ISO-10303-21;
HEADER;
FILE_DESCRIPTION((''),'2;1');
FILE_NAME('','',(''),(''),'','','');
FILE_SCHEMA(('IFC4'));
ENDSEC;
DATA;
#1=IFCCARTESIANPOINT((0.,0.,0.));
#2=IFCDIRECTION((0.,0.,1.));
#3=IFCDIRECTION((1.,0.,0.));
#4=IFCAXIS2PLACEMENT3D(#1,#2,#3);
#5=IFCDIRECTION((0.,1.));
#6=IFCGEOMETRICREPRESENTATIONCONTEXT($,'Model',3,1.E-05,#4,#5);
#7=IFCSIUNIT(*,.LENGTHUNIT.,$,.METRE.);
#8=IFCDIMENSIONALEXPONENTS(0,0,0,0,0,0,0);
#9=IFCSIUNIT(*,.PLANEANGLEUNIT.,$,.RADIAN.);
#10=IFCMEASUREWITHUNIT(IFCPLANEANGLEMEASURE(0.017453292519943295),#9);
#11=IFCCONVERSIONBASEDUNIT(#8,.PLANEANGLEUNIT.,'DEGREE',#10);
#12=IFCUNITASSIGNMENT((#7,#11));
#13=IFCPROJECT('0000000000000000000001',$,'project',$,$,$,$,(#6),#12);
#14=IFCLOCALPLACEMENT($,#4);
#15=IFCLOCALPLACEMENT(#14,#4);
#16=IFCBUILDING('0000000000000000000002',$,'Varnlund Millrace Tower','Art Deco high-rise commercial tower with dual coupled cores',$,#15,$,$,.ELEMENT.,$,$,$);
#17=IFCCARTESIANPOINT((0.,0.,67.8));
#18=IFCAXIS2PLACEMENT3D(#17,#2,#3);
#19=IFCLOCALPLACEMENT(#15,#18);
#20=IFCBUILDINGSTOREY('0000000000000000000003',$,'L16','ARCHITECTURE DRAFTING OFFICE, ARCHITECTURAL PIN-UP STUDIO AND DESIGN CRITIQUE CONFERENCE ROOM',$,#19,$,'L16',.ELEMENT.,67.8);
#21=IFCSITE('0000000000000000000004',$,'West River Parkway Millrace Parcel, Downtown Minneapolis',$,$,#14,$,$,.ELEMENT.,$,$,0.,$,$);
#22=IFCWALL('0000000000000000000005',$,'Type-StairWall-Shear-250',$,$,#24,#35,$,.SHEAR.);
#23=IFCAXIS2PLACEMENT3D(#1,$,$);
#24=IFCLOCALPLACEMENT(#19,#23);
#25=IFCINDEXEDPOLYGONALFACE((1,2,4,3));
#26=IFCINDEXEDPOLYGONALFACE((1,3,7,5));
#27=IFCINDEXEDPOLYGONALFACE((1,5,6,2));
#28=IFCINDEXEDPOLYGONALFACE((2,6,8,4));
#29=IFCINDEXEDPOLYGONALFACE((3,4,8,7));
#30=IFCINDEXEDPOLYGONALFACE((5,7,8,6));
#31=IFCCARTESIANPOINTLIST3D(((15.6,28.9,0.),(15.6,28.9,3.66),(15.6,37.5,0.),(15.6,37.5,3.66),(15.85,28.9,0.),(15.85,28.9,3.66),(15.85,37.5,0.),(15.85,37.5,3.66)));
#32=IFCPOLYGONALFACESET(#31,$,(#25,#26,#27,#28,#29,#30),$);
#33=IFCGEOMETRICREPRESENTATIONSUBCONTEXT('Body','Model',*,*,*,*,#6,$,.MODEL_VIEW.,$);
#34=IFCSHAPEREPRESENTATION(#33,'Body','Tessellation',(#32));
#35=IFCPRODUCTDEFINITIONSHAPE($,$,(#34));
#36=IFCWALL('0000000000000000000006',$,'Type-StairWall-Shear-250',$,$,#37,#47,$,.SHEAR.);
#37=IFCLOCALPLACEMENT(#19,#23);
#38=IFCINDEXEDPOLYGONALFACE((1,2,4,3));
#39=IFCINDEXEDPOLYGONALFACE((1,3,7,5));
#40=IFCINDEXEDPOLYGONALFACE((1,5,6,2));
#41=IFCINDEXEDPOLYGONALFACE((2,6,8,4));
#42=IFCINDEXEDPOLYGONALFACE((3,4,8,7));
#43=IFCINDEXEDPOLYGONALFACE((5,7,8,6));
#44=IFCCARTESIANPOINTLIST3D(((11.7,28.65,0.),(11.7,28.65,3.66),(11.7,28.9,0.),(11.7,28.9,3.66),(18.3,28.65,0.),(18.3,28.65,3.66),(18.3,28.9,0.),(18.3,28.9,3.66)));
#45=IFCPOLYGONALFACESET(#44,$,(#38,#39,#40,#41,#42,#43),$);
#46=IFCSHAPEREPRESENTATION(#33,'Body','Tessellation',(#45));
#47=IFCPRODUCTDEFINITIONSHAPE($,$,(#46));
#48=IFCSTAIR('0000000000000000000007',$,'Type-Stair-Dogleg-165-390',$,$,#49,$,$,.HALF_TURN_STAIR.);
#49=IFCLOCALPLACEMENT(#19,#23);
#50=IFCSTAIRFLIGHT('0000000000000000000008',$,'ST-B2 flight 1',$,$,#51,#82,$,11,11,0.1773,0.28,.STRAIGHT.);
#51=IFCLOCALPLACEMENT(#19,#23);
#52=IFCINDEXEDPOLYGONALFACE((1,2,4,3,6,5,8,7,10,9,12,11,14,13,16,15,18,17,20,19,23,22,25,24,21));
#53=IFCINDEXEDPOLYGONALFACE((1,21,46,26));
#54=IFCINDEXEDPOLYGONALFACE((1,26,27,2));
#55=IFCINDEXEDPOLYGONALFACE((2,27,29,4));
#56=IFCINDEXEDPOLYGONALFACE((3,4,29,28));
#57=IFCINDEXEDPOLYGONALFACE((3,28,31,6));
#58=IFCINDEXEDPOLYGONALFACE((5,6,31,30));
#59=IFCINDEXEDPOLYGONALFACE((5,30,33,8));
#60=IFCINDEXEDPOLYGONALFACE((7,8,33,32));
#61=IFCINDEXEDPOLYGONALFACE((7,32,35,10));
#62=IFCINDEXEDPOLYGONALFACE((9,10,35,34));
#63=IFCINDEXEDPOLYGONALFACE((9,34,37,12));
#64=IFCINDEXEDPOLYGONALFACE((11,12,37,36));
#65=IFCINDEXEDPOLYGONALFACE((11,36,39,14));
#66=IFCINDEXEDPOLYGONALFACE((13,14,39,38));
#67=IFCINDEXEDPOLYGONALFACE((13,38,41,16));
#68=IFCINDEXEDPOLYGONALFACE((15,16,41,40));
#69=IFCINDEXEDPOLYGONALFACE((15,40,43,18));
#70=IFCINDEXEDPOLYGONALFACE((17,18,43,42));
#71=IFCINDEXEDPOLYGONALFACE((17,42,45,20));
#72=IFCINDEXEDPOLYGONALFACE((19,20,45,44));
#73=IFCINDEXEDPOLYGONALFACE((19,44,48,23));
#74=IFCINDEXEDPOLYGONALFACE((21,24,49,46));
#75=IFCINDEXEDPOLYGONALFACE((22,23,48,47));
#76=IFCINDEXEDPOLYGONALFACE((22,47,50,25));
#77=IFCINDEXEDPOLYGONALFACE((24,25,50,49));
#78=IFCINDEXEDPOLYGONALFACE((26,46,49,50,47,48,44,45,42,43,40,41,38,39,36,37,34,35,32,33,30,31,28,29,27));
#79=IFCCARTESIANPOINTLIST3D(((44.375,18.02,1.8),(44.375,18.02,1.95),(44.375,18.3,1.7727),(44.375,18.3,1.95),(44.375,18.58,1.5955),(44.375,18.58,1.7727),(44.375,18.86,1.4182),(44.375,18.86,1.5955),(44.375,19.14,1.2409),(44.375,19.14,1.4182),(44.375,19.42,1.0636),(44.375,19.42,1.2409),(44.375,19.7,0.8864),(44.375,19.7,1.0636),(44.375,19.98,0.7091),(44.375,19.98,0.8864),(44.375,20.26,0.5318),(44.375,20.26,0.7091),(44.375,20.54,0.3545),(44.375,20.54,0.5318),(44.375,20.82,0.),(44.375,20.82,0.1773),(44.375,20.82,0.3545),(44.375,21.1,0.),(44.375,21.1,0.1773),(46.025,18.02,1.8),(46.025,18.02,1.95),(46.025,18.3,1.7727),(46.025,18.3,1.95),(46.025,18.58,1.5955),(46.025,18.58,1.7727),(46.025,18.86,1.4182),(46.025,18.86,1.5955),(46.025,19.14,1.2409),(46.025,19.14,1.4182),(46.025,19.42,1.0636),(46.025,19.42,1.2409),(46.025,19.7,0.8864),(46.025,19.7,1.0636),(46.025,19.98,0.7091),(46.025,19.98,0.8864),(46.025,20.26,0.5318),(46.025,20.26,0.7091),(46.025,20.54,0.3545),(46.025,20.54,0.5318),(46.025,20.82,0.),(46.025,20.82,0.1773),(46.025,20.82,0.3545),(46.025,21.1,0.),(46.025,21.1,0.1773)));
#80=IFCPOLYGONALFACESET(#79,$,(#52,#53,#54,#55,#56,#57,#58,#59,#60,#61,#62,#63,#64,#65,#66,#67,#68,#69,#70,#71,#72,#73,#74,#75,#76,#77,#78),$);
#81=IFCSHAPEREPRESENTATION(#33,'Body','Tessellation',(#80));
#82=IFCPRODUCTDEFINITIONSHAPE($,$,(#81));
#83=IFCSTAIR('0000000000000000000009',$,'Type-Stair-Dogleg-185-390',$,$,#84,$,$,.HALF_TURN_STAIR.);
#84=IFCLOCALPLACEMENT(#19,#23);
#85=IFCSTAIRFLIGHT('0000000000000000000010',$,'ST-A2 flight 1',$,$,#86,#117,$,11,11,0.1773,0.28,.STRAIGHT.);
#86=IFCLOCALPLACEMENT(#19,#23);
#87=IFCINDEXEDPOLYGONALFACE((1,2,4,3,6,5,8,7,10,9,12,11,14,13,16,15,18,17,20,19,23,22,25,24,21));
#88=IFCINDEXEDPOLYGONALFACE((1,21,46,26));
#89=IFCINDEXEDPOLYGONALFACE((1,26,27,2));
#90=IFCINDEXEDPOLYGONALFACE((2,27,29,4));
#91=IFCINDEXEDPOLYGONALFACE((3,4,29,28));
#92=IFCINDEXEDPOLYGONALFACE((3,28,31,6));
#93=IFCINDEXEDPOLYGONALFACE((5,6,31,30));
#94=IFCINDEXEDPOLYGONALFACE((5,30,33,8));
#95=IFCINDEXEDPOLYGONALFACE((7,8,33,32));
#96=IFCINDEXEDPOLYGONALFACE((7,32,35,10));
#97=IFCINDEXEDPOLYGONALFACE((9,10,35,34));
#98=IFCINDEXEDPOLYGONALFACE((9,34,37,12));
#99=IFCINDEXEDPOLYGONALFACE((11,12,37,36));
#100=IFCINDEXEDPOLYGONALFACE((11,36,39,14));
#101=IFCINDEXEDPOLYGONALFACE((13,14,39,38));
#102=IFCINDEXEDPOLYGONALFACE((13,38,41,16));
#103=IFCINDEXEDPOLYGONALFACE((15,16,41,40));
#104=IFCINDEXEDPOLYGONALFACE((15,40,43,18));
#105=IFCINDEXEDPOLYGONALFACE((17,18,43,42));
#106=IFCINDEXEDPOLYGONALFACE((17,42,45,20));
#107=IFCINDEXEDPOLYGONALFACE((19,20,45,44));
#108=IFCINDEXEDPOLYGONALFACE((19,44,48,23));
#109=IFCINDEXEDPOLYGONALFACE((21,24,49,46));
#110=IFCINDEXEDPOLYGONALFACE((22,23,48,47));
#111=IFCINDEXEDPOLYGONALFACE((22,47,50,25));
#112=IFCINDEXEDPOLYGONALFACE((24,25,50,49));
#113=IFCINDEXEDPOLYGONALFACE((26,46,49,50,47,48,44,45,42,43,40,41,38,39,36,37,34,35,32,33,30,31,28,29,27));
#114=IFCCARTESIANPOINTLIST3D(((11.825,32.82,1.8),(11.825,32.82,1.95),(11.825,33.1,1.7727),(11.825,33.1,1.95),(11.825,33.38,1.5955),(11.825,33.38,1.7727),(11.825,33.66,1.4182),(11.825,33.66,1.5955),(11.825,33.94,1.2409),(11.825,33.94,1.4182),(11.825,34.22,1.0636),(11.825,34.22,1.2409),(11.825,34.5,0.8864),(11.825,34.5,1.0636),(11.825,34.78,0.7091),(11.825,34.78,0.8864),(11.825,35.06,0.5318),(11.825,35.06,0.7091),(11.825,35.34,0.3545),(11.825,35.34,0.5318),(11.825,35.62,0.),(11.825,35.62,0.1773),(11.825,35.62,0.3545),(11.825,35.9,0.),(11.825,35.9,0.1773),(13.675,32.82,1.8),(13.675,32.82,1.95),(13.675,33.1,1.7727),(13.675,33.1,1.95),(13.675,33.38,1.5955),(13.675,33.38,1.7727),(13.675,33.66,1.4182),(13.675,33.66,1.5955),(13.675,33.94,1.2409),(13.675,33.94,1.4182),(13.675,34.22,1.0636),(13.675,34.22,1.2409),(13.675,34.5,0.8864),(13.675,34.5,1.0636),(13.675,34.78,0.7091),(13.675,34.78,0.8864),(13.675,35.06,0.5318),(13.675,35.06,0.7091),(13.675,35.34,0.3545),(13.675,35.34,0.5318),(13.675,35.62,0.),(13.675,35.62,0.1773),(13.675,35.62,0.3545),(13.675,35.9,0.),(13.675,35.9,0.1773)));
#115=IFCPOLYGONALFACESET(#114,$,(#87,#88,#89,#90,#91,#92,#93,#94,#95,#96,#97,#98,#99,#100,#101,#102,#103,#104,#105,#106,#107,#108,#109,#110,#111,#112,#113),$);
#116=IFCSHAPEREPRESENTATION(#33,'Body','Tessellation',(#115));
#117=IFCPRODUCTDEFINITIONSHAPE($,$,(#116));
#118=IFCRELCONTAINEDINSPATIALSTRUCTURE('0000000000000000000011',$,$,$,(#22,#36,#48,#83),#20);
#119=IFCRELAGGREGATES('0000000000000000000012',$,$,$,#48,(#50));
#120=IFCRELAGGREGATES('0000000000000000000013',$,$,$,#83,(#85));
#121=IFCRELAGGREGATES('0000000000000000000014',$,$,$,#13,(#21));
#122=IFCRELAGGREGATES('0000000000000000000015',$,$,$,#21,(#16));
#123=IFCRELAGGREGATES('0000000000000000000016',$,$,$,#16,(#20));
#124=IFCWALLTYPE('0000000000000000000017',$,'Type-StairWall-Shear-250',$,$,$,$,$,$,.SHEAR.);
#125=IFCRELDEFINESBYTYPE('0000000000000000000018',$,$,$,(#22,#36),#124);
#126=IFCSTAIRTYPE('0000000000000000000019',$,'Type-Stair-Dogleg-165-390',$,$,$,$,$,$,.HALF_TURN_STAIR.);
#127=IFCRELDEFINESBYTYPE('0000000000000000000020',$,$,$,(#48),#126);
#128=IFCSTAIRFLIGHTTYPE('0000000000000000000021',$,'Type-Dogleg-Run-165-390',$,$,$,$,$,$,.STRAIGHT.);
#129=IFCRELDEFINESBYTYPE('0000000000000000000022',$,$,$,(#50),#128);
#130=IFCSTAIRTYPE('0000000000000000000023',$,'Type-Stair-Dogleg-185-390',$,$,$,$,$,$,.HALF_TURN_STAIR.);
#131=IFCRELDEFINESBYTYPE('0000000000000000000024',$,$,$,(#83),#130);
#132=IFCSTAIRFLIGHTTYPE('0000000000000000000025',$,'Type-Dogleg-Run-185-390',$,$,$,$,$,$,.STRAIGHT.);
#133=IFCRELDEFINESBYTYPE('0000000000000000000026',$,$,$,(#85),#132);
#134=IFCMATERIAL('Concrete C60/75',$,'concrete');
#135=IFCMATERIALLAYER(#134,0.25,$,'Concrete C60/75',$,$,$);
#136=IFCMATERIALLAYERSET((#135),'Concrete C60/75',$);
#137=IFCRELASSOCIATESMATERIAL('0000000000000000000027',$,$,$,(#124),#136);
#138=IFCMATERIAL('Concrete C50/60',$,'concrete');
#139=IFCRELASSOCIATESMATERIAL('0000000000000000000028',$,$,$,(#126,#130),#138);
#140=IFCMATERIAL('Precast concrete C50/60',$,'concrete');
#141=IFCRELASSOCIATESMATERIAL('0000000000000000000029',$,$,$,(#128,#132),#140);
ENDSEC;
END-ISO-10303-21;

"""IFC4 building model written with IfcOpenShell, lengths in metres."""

from ifc_helpers import new_model, entity, si_unit, converted_unit, direction, frame, origin_with_axes, place, context, subcontext, project, spatial, polyline, outline, extrude, material, layer, layer_set, type_object, element, aggregate, save


model = new_model("IFC4")

# Units and contexts
model_context = context("Model", 3, precision=1e-05, world=origin_with_axes(), true_north=direction((0.0, 1.0)))
body_context = subcontext(model_context, "Body", "Model", "MODEL_VIEW")
ifc_project = project(units=[si_unit("LENGTHUNIT", "METRE"), converted_unit("PLANEANGLEUNIT", "DEGREE", entity("IfcPlaneAngleMeasure", 0.017453292519943295), si_unit("PLANEANGLEUNIT", "RADIAN"), dimensions=[0, 0, 0, 0, 0, 0, 0])], contexts=[model_context])

# Site, building, storey
site_placement = place(None, origin_with_axes())
site = spatial("IfcSite", under=ifc_project, at=site_placement, Name="West River Parkway Millrace Parcel, Downtown Minneapolis", CompositionType="ELEMENT", RefElevation=0.0)
building_placement = place(site_placement, origin_with_axes())
building = spatial("IfcBuilding", under=site, at=building_placement, Name="Varnlund Millrace Tower", Description="Art Deco high-rise commercial tower with dual coupled cores", CompositionType="ELEMENT")
storey_placement = place(building_placement, frame((0.0, 0.0, 67.8), z_axis=(0.0, 0.0, 1.0), x_axis=(1.0, 0.0, 0.0)))
storey = spatial("IfcBuildingStorey", under=building, at=storey_placement, Name="L16", Description="ARCHITECTURE DRAFTING OFFICE, ARCHITECTURAL PIN-UP STUDIO AND DESIGN CRITIQUE CONFERENCE ROOM", LongName="L16", CompositionType="ELEMENT", Elevation=67.8)

# Shared definitions
ifc_material_1 = material(Name="Concrete C60/75", Category="concrete")
ifc_layer_1 = layer(ifc_material_1, 0.25, Name="Concrete C60/75")
ifc_layer_set_1 = layer_set([ifc_layer_1], Name="Concrete C60/75")

# Walls
wall_type_1 = type_object("IfcWallType", Name="Type-StairWall-Shear-250", PredefinedType="SHEAR", material=ifc_layer_set_1)
wall_1_placement = place(storey_placement, frame((15.725, 28.9, 0.0), z_axis=(0.0, 0.0, 1.0), x_axis=(0.0, 1.0, 0.0)))
element("IfcWall", 1, at=wall_1_placement, inside=storey, type_object=wall_type_1, Name="Type-StairWall-Shear-250", PredefinedType="SHEAR", context=body_context, shape_type="SweptSolid", body=[
    extrude(outline(polyline([(0.0, -0.125), (8.6, -0.125), (8.6, 0.125), (0.0, 0.125), (0.0, -0.125)])), origin_with_axes(), (0.0, 0.0, 1.0), 3.66),
])
wall_2_placement = place(storey_placement, frame((11.7, 28.775, 0.0), z_axis=(0.0, 0.0, 1.0), x_axis=(1.0, 0.0, 0.0)))
element("IfcWall", 2, at=wall_2_placement, inside=storey, type_object=wall_type_1, Name="Type-StairWall-Shear-250", PredefinedType="SHEAR", context=body_context, shape_type="SweptSolid", body=[
    extrude(outline(polyline([(0.0, -0.125), (6.6, -0.125), (6.6, 0.125), (0.0, 0.125), (0.0, -0.125)])), origin_with_axes(), (0.0, 0.0, 1.0), 3.66),
])

# Stairs, stair flights
ifc_material_2 = material(Name="Concrete C50/60", Category="concrete")
stair_type_1 = type_object("IfcStairType", Name="Type-Stair-Dogleg-165-390", PredefinedType="HALF_TURN_STAIR", material=ifc_material_2)
stair_1_placement = place(storey_placement, origin_with_axes())
stair_1 = element("IfcStair", 3, at=stair_1_placement, inside=storey, type_object=stair_type_1, Name="Type-Stair-Dogleg-165-390", PredefinedType="HALF_TURN_STAIR")
ifc_material_3 = material(Name="Precast concrete C50/60", Category="concrete")
stair_flight_type_1 = type_object("IfcStairFlightType", Name="Type-Dogleg-Run-165-390", PredefinedType="STRAIGHT", material=ifc_material_3)
stair_flight_1_placement = place(storey_placement, frame((46.025, 21.1, 0.0), z_axis=(-1.0, 0.0, 0.0), x_axis=(0.0, -1.0, 0.0)))
stair_flight_1 = element("IfcStairFlight", 4, at=stair_flight_1_placement, type_object=stair_flight_type_1, Name="ST-B2 flight 1", NumberOfRisers=11, NumberOfTreads=11, PredefinedType="STRAIGHT", RiserHeight=0.1773, TreadLength=0.28, context=body_context, shape_type="SweptSolid", body=[
    extrude(outline(polyline([(0.0, 0.0), (0.0, 0.1773), (0.28, 0.1773), (0.28, 0.3545), (0.56, 0.3545), (0.56, 0.5318), (0.84, 0.5318), (0.84, 0.7091), (1.12, 0.7091), (1.12, 0.8864), (1.4, 0.8864), (1.4, 1.0636), (1.68, 1.0636), (1.68, 1.2409), (1.96, 1.2409), (1.96, 1.4182), (2.24, 1.4182), (2.24, 1.5955), (2.52, 1.5955), (2.52, 1.7727), (2.8, 1.7727), (2.8, 1.95), (3.08, 1.95), (3.08, 1.8), (0.28, 0.0), (0.0, 0.0)])), origin_with_axes(), (0.0, 0.0, 1.0), 1.65),
])
aggregate(stair_1, [stair_flight_1])
stair_type_2 = type_object("IfcStairType", Name="Type-Stair-Dogleg-185-390", PredefinedType="HALF_TURN_STAIR", material=ifc_material_2)
stair_2_placement = place(storey_placement, origin_with_axes())
stair_2 = element("IfcStair", 5, at=stair_2_placement, inside=storey, type_object=stair_type_2, Name="Type-Stair-Dogleg-185-390", PredefinedType="HALF_TURN_STAIR")
stair_flight_type_2 = type_object("IfcStairFlightType", Name="Type-Dogleg-Run-185-390", PredefinedType="STRAIGHT", material=ifc_material_3)
stair_flight_2_placement = place(storey_placement, frame((13.675, 35.9, 0.0), z_axis=(-1.0, 0.0, 0.0), x_axis=(0.0, -1.0, 0.0)))
stair_flight_2 = element("IfcStairFlight", 6, at=stair_flight_2_placement, type_object=stair_flight_type_2, Name="ST-A2 flight 1", NumberOfRisers=11, NumberOfTreads=11, PredefinedType="STRAIGHT", RiserHeight=0.1773, TreadLength=0.28, context=body_context, shape_type="SweptSolid", body=[
    extrude(outline(polyline([(0.0, 0.0), (0.0, 0.1773), (0.28, 0.1773), (0.28, 0.3545), (0.56, 0.3545), (0.56, 0.5318), (0.84, 0.5318), (0.84, 0.7091), (1.12, 0.7091), (1.12, 0.8864), (1.4, 0.8864), (1.4, 1.0636), (1.68, 1.0636), (1.68, 1.2409), (1.96, 1.2409), (1.96, 1.4182), (2.24, 1.4182), (2.24, 1.5955), (2.52, 1.5955), (2.52, 1.7727), (2.8, 1.7727), (2.8, 1.95), (3.08, 1.95), (3.08, 1.8), (0.28, 0.0), (0.0, 0.0)])), origin_with_axes(), (0.0, 0.0, 1.0), 1.85),
])
aggregate(stair_2, [stair_flight_2])

save(model, "model.ifc")
